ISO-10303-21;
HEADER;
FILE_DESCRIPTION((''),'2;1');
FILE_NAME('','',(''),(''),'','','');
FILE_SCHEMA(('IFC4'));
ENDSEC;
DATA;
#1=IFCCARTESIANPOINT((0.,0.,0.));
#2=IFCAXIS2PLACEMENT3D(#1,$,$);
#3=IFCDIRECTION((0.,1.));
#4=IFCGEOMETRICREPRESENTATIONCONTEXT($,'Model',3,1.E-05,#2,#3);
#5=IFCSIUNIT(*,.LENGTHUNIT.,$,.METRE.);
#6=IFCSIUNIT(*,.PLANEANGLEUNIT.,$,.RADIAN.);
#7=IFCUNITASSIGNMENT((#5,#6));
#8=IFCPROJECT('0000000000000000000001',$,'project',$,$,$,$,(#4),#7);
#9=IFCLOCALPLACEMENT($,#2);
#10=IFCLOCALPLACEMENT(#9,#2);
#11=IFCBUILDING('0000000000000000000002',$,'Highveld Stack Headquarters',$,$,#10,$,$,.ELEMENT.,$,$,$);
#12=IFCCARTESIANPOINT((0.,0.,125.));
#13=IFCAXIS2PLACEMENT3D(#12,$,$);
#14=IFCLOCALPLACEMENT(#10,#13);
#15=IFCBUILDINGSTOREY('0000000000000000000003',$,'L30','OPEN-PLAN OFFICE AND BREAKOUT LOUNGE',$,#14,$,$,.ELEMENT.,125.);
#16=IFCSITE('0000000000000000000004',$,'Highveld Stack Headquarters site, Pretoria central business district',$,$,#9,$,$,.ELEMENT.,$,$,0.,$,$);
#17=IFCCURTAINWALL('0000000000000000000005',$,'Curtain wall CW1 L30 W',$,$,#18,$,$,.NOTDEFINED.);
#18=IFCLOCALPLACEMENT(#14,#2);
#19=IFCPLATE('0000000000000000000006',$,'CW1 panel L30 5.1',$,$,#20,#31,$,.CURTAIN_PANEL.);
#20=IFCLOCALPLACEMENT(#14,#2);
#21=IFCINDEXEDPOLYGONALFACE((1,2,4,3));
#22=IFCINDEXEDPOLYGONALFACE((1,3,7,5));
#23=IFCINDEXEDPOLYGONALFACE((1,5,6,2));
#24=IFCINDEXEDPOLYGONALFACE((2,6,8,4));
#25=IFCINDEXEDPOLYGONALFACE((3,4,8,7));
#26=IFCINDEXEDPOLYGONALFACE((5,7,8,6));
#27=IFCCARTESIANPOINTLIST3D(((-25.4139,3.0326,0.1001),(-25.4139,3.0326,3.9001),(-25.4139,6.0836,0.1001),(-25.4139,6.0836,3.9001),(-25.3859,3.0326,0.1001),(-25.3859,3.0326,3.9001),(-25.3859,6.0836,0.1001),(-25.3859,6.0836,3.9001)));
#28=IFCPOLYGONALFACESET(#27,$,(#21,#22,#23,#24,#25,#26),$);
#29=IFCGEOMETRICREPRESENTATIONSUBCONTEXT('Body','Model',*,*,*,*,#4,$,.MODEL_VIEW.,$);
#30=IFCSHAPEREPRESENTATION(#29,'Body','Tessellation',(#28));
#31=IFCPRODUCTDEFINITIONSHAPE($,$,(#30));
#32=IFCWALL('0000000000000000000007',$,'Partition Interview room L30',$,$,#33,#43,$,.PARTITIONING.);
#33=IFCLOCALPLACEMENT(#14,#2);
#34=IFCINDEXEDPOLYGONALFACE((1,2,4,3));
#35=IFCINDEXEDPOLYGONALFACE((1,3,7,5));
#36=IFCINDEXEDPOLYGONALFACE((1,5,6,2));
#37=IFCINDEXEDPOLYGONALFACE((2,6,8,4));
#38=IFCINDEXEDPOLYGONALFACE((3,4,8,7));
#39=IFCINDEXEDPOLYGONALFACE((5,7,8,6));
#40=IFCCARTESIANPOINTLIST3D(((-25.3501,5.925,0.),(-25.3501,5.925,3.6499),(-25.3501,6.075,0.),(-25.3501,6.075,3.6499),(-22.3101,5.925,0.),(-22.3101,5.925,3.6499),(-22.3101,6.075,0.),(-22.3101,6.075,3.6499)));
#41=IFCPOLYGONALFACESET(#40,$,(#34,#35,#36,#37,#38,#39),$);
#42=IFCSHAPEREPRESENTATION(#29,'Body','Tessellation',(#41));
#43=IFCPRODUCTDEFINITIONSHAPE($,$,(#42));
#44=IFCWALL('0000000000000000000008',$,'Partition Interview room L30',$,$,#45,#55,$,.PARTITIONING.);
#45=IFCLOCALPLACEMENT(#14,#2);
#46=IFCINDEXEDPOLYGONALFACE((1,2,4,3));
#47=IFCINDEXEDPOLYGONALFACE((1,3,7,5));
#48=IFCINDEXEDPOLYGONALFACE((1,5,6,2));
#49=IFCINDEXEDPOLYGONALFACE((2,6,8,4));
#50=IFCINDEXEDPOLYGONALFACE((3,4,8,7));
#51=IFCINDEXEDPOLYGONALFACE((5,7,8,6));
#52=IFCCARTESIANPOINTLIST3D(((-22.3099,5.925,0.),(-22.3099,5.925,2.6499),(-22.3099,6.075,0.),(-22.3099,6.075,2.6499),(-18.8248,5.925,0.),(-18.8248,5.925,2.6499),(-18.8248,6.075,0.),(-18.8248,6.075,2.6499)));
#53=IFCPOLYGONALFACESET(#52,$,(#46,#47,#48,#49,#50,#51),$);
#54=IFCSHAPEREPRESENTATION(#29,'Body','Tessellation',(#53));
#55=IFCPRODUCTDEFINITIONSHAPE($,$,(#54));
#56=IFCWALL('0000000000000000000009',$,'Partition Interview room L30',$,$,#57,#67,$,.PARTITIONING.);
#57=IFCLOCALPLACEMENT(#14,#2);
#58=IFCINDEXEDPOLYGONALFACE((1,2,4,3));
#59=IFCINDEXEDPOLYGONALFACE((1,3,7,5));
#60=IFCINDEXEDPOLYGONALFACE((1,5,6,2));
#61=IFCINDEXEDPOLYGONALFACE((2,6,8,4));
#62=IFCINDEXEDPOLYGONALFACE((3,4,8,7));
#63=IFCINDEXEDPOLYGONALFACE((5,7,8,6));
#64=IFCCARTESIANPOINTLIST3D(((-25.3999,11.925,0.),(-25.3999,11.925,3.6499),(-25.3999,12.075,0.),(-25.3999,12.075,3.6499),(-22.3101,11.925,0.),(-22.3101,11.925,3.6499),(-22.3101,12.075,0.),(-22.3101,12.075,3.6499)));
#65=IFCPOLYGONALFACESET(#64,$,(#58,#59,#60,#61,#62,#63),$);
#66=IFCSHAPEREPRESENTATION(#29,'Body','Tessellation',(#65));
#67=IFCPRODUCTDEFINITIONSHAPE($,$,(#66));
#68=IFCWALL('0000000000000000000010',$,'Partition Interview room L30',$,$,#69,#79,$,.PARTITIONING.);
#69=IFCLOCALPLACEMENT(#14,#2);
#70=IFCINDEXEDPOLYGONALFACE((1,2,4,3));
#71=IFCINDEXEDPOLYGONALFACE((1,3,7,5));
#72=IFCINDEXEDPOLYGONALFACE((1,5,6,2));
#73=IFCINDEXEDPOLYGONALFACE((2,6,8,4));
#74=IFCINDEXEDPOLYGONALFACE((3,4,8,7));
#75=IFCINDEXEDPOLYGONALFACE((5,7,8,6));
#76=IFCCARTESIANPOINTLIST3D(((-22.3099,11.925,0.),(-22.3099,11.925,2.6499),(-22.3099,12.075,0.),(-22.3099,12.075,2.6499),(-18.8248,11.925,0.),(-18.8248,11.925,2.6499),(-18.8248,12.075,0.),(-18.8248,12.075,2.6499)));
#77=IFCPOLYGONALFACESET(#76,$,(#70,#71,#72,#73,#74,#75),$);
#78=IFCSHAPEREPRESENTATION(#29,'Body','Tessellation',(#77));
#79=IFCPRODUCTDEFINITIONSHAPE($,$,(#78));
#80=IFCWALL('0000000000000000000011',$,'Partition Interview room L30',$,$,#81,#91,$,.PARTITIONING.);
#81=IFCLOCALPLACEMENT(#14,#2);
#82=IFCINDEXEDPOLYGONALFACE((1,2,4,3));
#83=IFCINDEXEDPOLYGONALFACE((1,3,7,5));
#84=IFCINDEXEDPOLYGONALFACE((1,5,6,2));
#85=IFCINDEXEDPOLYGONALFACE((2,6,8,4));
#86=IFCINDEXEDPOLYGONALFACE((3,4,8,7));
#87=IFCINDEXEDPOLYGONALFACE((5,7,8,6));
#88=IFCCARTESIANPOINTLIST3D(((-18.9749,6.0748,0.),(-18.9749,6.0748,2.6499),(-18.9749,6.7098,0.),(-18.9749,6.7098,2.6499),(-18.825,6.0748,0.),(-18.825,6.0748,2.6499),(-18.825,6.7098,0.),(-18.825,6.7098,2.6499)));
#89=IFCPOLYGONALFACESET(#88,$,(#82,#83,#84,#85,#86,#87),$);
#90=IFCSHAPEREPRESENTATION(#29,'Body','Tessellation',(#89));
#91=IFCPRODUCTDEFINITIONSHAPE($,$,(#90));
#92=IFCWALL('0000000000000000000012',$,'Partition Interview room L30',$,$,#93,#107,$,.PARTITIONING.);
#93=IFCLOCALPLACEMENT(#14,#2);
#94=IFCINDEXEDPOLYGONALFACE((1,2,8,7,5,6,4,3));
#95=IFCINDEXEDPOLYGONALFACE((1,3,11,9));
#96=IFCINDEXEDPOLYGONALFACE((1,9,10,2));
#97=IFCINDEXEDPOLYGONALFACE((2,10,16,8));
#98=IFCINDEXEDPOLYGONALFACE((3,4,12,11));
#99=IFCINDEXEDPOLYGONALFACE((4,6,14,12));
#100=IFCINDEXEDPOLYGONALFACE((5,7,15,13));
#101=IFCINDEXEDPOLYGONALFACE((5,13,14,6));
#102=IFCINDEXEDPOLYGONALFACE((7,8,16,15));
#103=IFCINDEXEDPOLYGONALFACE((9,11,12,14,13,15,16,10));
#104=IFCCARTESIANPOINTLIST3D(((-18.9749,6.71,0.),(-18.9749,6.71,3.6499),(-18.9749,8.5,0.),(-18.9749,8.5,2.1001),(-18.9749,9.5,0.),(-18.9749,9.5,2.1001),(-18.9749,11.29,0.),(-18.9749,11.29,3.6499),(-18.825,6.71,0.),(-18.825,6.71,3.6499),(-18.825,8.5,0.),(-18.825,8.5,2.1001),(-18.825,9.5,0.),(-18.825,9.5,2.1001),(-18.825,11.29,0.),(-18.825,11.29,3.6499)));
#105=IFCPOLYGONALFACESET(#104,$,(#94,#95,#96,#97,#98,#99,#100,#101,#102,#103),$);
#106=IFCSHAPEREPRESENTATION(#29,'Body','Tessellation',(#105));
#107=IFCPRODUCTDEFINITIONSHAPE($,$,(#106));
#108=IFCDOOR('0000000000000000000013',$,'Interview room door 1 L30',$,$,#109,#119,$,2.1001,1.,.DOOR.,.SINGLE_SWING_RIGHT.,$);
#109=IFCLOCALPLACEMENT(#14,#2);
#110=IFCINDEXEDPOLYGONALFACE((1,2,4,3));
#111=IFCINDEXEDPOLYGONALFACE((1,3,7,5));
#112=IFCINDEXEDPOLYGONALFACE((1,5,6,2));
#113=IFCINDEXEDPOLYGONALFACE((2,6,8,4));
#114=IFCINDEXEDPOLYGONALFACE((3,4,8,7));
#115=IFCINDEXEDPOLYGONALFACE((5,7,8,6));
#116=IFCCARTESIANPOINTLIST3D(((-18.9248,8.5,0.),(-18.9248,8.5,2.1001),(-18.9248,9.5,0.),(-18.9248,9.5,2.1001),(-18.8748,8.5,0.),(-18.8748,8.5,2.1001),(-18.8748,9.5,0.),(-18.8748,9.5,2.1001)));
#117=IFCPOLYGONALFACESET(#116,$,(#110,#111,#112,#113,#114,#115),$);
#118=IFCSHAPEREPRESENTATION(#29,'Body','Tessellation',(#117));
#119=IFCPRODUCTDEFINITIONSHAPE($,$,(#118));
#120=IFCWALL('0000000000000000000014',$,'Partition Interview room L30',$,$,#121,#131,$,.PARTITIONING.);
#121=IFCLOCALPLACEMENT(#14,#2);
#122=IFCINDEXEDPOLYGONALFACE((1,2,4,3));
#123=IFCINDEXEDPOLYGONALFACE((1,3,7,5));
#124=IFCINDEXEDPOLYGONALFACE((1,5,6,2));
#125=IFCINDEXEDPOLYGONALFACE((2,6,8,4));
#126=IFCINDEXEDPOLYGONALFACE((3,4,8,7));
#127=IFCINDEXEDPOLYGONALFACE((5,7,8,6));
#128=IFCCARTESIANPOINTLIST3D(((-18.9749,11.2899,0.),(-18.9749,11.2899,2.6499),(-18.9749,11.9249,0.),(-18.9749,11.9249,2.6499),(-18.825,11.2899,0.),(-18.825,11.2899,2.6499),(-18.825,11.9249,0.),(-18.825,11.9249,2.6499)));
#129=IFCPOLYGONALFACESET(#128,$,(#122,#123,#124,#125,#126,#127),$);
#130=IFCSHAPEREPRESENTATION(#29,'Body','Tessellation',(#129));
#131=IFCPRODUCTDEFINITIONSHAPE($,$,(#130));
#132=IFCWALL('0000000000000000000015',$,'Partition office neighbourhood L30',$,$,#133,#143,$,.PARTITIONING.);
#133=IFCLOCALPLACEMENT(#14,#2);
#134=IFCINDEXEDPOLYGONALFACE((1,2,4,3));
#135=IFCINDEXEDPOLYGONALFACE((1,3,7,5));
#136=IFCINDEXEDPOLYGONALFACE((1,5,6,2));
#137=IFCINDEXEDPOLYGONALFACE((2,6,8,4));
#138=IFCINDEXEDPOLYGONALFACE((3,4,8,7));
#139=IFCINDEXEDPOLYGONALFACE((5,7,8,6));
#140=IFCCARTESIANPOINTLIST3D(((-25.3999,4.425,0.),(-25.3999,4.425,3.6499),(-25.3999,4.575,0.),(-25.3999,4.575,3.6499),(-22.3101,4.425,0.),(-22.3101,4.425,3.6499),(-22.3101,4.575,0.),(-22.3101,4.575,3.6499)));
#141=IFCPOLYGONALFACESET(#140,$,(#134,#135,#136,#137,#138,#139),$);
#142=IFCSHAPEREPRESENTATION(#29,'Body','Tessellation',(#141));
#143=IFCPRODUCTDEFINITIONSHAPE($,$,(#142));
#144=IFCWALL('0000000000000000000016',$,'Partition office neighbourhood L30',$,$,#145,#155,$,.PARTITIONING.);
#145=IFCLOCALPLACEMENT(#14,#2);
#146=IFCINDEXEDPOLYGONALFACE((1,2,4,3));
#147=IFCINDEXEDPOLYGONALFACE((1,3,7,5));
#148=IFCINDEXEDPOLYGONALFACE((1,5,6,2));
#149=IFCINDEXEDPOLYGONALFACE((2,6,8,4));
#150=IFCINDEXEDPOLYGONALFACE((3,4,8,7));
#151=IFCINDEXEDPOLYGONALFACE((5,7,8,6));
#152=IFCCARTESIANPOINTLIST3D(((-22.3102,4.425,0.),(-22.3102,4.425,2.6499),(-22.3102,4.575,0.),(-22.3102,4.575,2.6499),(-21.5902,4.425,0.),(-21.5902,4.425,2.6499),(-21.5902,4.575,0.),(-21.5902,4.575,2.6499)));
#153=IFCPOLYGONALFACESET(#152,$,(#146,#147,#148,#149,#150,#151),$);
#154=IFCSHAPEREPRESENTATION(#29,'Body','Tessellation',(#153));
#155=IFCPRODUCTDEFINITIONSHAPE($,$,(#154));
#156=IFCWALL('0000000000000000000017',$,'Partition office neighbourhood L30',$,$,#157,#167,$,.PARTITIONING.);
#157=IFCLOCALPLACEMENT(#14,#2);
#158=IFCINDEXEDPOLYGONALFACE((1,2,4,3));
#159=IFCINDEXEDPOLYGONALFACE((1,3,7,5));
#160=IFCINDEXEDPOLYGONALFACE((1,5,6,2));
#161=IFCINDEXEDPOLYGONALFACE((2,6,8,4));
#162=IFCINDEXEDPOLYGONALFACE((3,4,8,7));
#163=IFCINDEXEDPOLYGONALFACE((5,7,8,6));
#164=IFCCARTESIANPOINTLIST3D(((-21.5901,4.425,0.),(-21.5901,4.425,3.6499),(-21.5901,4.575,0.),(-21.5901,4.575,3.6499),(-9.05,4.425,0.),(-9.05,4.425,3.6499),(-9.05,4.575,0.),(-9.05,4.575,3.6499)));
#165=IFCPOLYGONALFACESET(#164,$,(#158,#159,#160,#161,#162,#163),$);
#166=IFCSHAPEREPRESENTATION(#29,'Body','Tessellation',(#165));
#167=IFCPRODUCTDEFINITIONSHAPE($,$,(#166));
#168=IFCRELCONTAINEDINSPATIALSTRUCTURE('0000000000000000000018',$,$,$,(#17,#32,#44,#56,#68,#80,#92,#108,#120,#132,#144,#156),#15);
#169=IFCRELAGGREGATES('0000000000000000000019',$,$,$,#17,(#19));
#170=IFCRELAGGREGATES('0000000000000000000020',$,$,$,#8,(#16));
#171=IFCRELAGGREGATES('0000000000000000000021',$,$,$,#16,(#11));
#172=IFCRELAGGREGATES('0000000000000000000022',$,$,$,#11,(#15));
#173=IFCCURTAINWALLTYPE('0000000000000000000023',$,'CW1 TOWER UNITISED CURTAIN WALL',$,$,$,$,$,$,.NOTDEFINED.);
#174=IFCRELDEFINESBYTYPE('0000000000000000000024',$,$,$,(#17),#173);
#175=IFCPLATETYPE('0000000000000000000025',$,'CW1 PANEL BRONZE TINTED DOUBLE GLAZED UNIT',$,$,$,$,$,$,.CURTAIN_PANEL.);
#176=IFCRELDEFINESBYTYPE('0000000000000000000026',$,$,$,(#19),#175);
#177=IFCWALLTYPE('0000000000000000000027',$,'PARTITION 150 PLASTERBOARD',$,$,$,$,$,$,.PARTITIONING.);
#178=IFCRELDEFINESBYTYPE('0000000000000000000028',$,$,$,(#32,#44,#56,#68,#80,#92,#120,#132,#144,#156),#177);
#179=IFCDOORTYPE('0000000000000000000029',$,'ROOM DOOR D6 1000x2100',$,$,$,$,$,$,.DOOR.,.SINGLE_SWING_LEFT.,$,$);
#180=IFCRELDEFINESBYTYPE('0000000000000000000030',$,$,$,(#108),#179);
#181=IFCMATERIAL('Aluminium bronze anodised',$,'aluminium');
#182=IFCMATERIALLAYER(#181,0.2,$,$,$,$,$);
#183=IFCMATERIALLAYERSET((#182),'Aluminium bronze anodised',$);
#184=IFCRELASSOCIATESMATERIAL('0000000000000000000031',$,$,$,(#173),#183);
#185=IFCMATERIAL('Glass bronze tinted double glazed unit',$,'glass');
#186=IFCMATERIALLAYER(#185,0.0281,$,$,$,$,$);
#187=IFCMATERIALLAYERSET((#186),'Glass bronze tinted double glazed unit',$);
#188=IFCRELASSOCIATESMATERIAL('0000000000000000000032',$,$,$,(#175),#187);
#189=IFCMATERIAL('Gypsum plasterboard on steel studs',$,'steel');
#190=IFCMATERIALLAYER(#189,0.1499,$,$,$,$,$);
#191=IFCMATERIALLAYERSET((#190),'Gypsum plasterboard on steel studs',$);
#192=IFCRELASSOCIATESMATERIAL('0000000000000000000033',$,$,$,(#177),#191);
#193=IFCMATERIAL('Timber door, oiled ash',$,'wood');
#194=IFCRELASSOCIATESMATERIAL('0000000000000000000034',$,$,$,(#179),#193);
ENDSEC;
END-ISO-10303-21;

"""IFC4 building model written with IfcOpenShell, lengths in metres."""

from ifc_helpers import new_model, si_unit, direction, frame, frame_2d, origin, origin_2d, place, context, subcontext, project, spatial, rectangle, extrude, material, layer, layer_set, type_object, element, fill, aggregate, save


model = new_model("IFC4")

# Units and contexts
model_context = context("Model", 3, precision=1e-05, world=origin(), true_north=direction((0.0, 1.0)))
body_context = subcontext(model_context, "Body", "Model", "MODEL_VIEW")
ifc_project = project(units=[si_unit("LENGTHUNIT", "METRE"), si_unit("PLANEANGLEUNIT", "RADIAN")], contexts=[model_context])

# Site, building, storey
site_placement = place(None, origin())
site = spatial("IfcSite", under=ifc_project, at=site_placement, Name="Highveld Stack Headquarters site, Pretoria central business district", CompositionType="ELEMENT", RefElevation=0.0)
building_placement = place(site_placement, origin())
building = spatial("IfcBuilding", under=site, at=building_placement, Name="Highveld Stack Headquarters", CompositionType="ELEMENT")
storey_placement = place(building_placement, frame((0.0, 0.0, 125.0)))
storey = spatial("IfcBuildingStorey", under=building, at=storey_placement, Name="L30", Description="OPEN-PLAN OFFICE AND BREAKOUT LOUNGE", CompositionType="ELEMENT", Elevation=125.0)

# Curtain wall
ifc_material_1 = material(Name="Aluminium bronze anodised", Category="aluminium")
ifc_layer_1 = layer(ifc_material_1, 0.2)
ifc_layer_set_1 = layer_set([ifc_layer_1], Name="Aluminium bronze anodised")
curtain_wall_type = type_object("IfcCurtainWallType", Name="CW1 TOWER UNITISED CURTAIN WALL", PredefinedType="NOTDEFINED", material=ifc_layer_set_1)
curtain_wall_placement = place(storey_placement, origin())
curtain_wall = element("IfcCurtainWall", 1, at=curtain_wall_placement, inside=storey, type_object=curtain_wall_type, Name="Curtain wall CW1 L30 W", PredefinedType="NOTDEFINED")

# Plate
ifc_material_2 = material(Name="Glass bronze tinted double glazed unit", Category="glass")
ifc_layer_2 = layer(ifc_material_2, 0.0281)
ifc_layer_set_2 = layer_set([ifc_layer_2], Name="Glass bronze tinted double glazed unit")
plate_type = type_object("IfcPlateType", Name="CW1 PANEL BRONZE TINTED DOUBLE GLAZED UNIT", PredefinedType="CURTAIN_PANEL", material=ifc_layer_set_2)
plate_1_placement = place(storey_placement, frame((-25.3999, 4.5581, 0.1001), z_axis=(0.0, 0.0, 1.0), x_axis=(0.0, -1.0, 0.0)))
plate_1 = element("IfcPlate", 2, at=plate_1_placement, type_object=plate_type, Name="CW1 panel L30 5.1", PredefinedType="CURTAIN_PANEL", context=body_context, shape_type="SweptSolid", body=[
    extrude(rectangle(XDim=3.051, YDim=0.0281, at=origin_2d()), origin(), (0.0, 0.0, 1.0), 3.8),
])
aggregate(curtain_wall, [plate_1])

# Walls
ifc_material_3 = material(Name="Gypsum plasterboard on steel studs", Category="steel")
ifc_layer_3 = layer(ifc_material_3, 0.1499)
ifc_layer_set_3 = layer_set([ifc_layer_3], Name="Gypsum plasterboard on steel studs")
wall_type = type_object("IfcWallType", Name="PARTITION 150 PLASTERBOARD", PredefinedType="PARTITIONING", material=ifc_layer_set_3)
wall_1_placement = place(storey_placement, frame((-25.3501, 6.0, 0.0), z_axis=(0.0, 0.0, 1.0), x_axis=(1.0, 0.0, 0.0)))
element("IfcWall", 3, at=wall_1_placement, inside=storey, type_object=wall_type, Name="Partition Interview room L30", PredefinedType="PARTITIONING", context=body_context, shape_type="SweptSolid", body=[
    extrude(rectangle(XDim=3.04, YDim=0.1499, at=frame_2d((1.52, 0.0))), origin(), (0.0, 0.0, 1.0), 3.6499),
])
wall_2_placement = place(storey_placement, frame((-22.3101, 6.0, 0.0), z_axis=(0.0, 0.0, 1.0), x_axis=(1.0, 0.0, 0.0)))
element("IfcWall", 4, at=wall_2_placement, inside=storey, type_object=wall_type, Name="Partition Interview room L30", PredefinedType="PARTITIONING", context=body_context, shape_type="SweptSolid", body=[
    extrude(rectangle(XDim=3.4851, YDim=0.1499, at=frame_2d((1.7427, 0.0))), origin(), (0.0, 0.0, 1.0), 2.6499),
])
wall_3_placement = place(storey_placement, frame((-25.3999, 12.0, 0.0), z_axis=(0.0, 0.0, 1.0), x_axis=(1.0, 0.0, 0.0)))
element("IfcWall", 5, at=wall_3_placement, inside=storey, type_object=wall_type, Name="Partition Interview room L30", PredefinedType="PARTITIONING", context=body_context, shape_type="SweptSolid", body=[
    extrude(rectangle(XDim=3.0898, YDim=0.1499, at=frame_2d((1.5449, 0.0))), origin(), (0.0, 0.0, 1.0), 3.6499),
])
wall_4_placement = place(storey_placement, frame((-22.3101, 12.0, 0.0), z_axis=(0.0, 0.0, 1.0), x_axis=(1.0, 0.0, 0.0)))
element("IfcWall", 6, at=wall_4_placement, inside=storey, type_object=wall_type, Name="Partition Interview room L30", PredefinedType="PARTITIONING", context=body_context, shape_type="SweptSolid", body=[
    extrude(rectangle(XDim=3.4851, YDim=0.1499, at=frame_2d((1.7427, 0.0))), origin(), (0.0, 0.0, 1.0), 2.6499),
])
wall_5_placement = place(storey_placement, frame((-18.8999, 6.075, 0.0), z_axis=(0.0, 0.0, 1.0), x_axis=(0.0, 1.0, 0.0)))
element("IfcWall", 7, at=wall_5_placement, inside=storey, type_object=wall_type, Name="Partition Interview room L30", PredefinedType="PARTITIONING", context=body_context, shape_type="SweptSolid", body=[
    extrude(rectangle(XDim=0.635, YDim=0.1499, at=frame_2d((0.3174, 0.0))), origin(), (0.0, 0.0, 1.0), 2.6499),
])

# Wall, opening, door
wall_6_placement = place(storey_placement, frame((-18.8999, 6.71, 0.0), z_axis=(0.0, 0.0, 1.0), x_axis=(0.0, 1.0, 0.0)))
wall_6 = element("IfcWall", 8, at=wall_6_placement, inside=storey, type_object=wall_type, Name="Partition Interview room L30", PredefinedType="PARTITIONING", context=body_context, shape_type="SweptSolid", body=[
    extrude(rectangle(XDim=4.5801, YDim=0.1499, at=frame_2d((2.29, 0.0))), origin(), (0.0, 0.0, 1.0), 3.6499),
])
opening_placement = place(wall_6_placement, frame((1.79, 0.0, 0.0)))
opening = element("IfcOpeningElement", 9, at=opening_placement, cuts=wall_6, PredefinedType="OPENING", context=body_context, shape_type="SweptSolid", body=[
    extrude(rectangle(XDim=1.0, YDim=2.1001, at=frame_2d((0.5, 1.05))), frame((0.0, 0.085, 0.0), z_axis=(0.0, -1.0, 0.0), x_axis=(1.0, 0.0, 0.0)), (0.0, 0.0, 1.0), 0.1699),
])
ifc_material_4 = material(Name="Timber door, oiled ash", Category="wood")
door_type = type_object("IfcDoorType", Name="ROOM DOOR D6 1000x2100", OperationType="SINGLE_SWING_LEFT", PredefinedType="DOOR", material=ifc_material_4)
door_placement = place(opening_placement, origin())
door = element("IfcDoor", 10, at=door_placement, inside=storey, type_object=door_type, Name="Interview room door 1 L30", OperationType="SINGLE_SWING_RIGHT", OverallHeight=2.1001, OverallWidth=1.0, PredefinedType="DOOR", context=body_context, shape_type="SweptSolid", body=[
    extrude(rectangle(XDim=1.0, YDim=2.1001, at=frame_2d((0.5, 1.05))), frame((0.0, 0.0249, 0.0), z_axis=(0.0, -1.0, 0.0), x_axis=(1.0, 0.0, 0.0)), (0.0, 0.0, 1.0), 0.05),
])
fill(opening, door)

# Walls
wall_7_placement = place(storey_placement, frame((-18.8999, 11.29, 0.0), z_axis=(0.0, 0.0, 1.0), x_axis=(0.0, 1.0, 0.0)))
element("IfcWall", 11, at=wall_7_placement, inside=storey, type_object=wall_type, Name="Partition Interview room L30", PredefinedType="PARTITIONING", context=body_context, shape_type="SweptSolid", body=[
    extrude(rectangle(XDim=0.635, YDim=0.1499, at=frame_2d((0.3174, 0.0))), origin(), (0.0, 0.0, 1.0), 2.6499),
])
wall_8_placement = place(storey_placement, frame((-25.3999, 4.5, 0.0), z_axis=(0.0, 0.0, 1.0), x_axis=(1.0, 0.0, 0.0)))
element("IfcWall", 12, at=wall_8_placement, inside=storey, type_object=wall_type, Name="Partition office neighbourhood L30", PredefinedType="PARTITIONING", context=body_context, shape_type="SweptSolid", body=[
    extrude(rectangle(XDim=3.0898, YDim=0.1499, at=frame_2d((1.5449, 0.0))), origin(), (0.0, 0.0, 1.0), 3.6499),
])
wall_9_placement = place(storey_placement, frame((-22.3101, 4.5, 0.0), z_axis=(0.0, 0.0, 1.0), x_axis=(1.0, 0.0, 0.0)))
element("IfcWall", 13, at=wall_9_placement, inside=storey, type_object=wall_type, Name="Partition office neighbourhood L30", PredefinedType="PARTITIONING", context=body_context, shape_type="SweptSolid", body=[
    extrude(rectangle(XDim=0.72, YDim=0.1499, at=frame_2d((0.3599, 0.0))), origin(), (0.0, 0.0, 1.0), 2.6499),
])
wall_10_placement = place(storey_placement, frame((-21.5901, 4.5, 0.0), z_axis=(0.0, 0.0, 1.0), x_axis=(1.0, 0.0, 0.0)))
element("IfcWall", 14, at=wall_10_placement, inside=storey, type_object=wall_type, Name="Partition office neighbourhood L30", PredefinedType="PARTITIONING", context=body_context, shape_type="SweptSolid", body=[
    extrude(rectangle(XDim=12.54, YDim=0.1499, at=frame_2d((6.27, 0.0))), origin(), (0.0, 0.0, 1.0), 3.6499),
])

save(model, "model.ifc")
